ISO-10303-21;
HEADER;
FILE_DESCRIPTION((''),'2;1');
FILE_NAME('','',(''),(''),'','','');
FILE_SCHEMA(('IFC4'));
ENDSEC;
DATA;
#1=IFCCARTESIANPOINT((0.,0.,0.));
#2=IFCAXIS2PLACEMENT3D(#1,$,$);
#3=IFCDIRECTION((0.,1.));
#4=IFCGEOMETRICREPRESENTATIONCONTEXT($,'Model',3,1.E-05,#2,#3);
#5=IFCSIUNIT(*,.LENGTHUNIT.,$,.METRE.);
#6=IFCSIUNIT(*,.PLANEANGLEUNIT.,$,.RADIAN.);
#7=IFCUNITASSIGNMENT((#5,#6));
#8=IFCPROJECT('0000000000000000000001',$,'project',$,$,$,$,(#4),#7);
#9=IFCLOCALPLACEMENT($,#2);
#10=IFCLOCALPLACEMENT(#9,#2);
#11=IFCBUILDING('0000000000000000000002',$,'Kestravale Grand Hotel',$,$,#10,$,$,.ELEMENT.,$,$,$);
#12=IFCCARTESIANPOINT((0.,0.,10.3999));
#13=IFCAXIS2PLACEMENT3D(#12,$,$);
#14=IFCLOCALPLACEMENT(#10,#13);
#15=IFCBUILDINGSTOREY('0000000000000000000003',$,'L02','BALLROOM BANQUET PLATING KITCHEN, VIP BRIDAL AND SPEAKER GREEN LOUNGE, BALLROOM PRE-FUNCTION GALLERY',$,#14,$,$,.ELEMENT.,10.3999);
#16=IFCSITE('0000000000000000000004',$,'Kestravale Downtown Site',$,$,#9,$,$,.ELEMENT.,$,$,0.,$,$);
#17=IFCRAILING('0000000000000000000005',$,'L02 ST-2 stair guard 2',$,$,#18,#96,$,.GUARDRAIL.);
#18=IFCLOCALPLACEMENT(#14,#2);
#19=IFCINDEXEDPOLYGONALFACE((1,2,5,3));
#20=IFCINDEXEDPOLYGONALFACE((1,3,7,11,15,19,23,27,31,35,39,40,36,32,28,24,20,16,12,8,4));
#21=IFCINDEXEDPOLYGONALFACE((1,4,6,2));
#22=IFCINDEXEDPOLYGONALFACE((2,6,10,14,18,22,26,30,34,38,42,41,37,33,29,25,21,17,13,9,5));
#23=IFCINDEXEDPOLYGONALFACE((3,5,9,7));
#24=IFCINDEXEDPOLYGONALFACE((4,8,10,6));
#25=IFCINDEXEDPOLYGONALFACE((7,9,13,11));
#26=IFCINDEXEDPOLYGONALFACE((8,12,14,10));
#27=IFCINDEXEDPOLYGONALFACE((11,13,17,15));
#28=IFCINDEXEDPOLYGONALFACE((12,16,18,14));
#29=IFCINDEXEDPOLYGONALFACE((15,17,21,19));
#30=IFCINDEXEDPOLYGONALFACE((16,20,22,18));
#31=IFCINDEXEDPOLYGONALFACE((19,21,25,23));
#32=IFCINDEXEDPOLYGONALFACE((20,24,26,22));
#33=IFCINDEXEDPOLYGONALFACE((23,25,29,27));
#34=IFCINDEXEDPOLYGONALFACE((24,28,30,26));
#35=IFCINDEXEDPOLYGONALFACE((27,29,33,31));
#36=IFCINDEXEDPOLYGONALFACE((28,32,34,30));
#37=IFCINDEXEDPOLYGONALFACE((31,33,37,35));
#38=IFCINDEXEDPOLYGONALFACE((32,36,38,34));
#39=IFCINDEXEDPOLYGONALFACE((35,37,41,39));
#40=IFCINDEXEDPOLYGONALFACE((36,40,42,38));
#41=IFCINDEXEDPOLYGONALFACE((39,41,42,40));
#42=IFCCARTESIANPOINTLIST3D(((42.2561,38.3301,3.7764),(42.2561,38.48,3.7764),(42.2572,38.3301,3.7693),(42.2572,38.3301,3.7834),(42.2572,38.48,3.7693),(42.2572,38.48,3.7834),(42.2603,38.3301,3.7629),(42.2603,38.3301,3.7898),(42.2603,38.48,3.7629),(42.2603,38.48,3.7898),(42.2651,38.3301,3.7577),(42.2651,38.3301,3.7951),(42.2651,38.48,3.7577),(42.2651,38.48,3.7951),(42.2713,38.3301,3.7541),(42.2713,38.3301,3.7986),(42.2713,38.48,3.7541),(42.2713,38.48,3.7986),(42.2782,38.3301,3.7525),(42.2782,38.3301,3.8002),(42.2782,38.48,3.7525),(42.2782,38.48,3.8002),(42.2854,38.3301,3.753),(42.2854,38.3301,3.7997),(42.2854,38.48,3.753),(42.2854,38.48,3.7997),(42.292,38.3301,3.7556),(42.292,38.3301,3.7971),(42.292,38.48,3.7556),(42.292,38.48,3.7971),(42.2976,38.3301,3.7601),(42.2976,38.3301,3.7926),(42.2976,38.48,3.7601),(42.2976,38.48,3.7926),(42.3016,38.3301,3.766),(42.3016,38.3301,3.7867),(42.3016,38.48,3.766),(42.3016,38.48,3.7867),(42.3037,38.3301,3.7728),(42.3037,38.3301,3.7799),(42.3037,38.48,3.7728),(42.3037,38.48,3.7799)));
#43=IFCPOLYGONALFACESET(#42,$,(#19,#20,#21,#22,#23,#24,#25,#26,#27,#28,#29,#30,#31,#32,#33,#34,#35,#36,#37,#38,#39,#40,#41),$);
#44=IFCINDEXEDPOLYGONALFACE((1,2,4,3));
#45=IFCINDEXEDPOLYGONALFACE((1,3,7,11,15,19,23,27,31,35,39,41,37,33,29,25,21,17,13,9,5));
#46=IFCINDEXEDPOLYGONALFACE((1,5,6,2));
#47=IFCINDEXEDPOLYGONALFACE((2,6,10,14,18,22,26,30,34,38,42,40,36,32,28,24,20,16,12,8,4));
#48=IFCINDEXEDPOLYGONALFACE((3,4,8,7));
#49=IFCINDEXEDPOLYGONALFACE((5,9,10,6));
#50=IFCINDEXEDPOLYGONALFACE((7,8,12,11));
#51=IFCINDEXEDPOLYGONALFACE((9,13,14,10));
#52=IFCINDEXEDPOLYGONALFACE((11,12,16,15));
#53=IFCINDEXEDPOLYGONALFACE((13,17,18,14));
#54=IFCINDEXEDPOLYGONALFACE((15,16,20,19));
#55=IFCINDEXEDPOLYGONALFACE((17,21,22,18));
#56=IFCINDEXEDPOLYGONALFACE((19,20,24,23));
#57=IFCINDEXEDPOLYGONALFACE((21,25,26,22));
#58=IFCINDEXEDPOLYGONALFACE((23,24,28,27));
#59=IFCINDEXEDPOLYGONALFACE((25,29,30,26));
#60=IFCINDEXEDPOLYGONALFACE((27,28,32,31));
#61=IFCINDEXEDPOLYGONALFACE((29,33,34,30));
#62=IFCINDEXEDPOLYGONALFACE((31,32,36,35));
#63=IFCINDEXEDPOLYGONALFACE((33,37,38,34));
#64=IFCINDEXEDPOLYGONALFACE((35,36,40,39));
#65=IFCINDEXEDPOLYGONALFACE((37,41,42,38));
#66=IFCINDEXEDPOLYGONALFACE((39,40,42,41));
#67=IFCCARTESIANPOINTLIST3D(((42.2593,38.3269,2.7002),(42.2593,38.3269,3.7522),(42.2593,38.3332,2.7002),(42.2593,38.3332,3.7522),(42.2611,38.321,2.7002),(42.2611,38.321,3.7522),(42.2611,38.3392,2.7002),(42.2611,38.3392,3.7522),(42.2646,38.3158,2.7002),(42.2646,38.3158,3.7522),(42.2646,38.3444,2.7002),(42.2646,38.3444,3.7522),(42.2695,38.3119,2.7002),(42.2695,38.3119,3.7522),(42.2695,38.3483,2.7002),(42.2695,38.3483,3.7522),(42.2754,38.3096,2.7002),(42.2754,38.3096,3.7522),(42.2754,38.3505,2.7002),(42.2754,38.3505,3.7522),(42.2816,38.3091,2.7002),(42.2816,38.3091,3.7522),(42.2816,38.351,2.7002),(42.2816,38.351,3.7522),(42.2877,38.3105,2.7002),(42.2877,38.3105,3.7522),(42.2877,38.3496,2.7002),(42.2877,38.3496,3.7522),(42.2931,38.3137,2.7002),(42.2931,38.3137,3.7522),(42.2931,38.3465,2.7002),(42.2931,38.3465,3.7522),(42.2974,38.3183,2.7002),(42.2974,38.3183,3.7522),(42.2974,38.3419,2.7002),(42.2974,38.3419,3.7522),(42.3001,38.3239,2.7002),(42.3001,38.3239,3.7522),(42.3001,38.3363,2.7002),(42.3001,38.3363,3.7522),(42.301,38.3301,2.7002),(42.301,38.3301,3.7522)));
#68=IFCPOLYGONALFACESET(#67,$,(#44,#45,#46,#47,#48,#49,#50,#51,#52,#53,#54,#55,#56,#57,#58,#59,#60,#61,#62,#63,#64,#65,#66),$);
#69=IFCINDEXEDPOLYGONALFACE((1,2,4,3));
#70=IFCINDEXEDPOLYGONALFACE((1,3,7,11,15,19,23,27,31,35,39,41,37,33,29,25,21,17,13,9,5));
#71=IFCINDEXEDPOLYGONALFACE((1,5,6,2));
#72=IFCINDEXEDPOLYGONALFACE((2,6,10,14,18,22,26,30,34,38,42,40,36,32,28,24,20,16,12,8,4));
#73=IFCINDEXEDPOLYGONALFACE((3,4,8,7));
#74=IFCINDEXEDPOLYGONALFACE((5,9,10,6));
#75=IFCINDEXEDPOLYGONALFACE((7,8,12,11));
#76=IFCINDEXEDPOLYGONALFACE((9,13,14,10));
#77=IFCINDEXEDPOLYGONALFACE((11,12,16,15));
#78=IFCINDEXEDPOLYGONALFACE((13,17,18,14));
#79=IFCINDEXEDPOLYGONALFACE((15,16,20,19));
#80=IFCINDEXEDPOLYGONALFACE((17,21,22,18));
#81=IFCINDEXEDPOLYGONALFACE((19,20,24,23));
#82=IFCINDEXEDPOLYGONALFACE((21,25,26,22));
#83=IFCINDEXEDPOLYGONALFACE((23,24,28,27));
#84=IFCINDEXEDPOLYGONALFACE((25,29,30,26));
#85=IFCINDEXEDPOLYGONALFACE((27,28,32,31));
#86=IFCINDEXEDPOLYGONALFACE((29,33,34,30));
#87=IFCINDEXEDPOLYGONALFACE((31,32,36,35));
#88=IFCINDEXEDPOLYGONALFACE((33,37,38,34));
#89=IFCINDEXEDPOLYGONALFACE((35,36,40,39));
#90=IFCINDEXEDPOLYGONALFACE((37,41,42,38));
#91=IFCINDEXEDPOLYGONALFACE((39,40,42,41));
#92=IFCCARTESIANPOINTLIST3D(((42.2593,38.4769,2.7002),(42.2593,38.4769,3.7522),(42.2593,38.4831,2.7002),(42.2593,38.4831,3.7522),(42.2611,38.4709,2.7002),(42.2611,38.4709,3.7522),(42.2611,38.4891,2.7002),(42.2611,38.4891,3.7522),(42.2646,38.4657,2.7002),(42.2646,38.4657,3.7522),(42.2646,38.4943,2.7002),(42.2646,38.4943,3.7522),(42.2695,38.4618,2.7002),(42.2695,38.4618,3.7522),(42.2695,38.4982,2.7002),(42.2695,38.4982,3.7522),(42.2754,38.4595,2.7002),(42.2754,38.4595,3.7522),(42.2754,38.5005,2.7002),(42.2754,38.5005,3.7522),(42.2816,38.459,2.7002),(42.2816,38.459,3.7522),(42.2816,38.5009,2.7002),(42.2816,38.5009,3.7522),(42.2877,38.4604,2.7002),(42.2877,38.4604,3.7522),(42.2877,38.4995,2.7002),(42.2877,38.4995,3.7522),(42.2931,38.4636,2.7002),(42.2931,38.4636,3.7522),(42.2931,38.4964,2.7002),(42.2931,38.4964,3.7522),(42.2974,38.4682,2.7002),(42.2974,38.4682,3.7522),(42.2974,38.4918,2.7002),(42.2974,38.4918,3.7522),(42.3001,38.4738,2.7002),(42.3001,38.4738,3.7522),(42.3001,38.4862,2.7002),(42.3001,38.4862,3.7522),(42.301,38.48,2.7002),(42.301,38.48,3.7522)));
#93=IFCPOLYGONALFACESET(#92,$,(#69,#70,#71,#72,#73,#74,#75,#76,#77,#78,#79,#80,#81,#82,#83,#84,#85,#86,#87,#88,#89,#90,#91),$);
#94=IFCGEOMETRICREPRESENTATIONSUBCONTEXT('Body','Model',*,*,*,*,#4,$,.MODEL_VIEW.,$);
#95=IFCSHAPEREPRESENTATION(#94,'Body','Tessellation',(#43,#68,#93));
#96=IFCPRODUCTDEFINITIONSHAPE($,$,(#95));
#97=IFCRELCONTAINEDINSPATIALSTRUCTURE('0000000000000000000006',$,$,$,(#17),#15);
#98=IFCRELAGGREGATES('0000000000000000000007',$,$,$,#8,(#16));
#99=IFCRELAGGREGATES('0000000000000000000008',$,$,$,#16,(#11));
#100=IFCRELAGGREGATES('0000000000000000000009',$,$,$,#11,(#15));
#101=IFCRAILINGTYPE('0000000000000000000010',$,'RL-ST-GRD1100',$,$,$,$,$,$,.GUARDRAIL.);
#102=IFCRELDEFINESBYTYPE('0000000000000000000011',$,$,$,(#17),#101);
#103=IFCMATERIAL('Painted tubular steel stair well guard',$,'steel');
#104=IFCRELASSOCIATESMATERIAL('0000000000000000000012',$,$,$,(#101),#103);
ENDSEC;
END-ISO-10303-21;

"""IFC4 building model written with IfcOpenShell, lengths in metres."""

from ifc_helpers import new_model, si_unit, direction, frame, origin, origin_2d, place, context, subcontext, project, spatial, circle, extrude, material, type_object, element, save


model = new_model("IFC4")

# Units and contexts
model_context = context("Model", 3, precision=1e-05, world=origin(), true_north=direction((0.0, 1.0)))
body_context = subcontext(model_context, "Body", "Model", "MODEL_VIEW")
ifc_project = project(units=[si_unit("LENGTHUNIT", "METRE"), si_unit("PLANEANGLEUNIT", "RADIAN")], contexts=[model_context])

# Site, building, storey
site_placement = place(None, origin())
site = spatial("IfcSite", under=ifc_project, at=site_placement, Name="Kestravale Downtown Site", CompositionType="ELEMENT", RefElevation=0.0)
building_placement = place(site_placement, origin())
building = spatial("IfcBuilding", under=site, at=building_placement, Name="Kestravale Grand Hotel", CompositionType="ELEMENT")
storey_placement = place(building_placement, frame((0.0, 0.0, 10.3999)))
storey = spatial("IfcBuildingStorey", under=building, at=storey_placement, Name="L02", Description="BALLROOM BANQUET PLATING KITCHEN, VIP BRIDAL AND SPEAKER GREEN LOUNGE, BALLROOM PRE-FUNCTION GALLERY", CompositionType="ELEMENT", Elevation=10.3999)

# Railing
ifc_material_1 = material(Name="Painted tubular steel stair well guard", Category="steel")
railing_type_1 = type_object("IfcRailingType", Name="RL-ST-GRD1100", PredefinedType="GUARDRAIL", material=ifc_material_1)
railing_1_placement = place(storey_placement, frame((42.28, 38.3301, 2.7002)))
element("IfcRailing", 1, at=railing_1_placement, inside=storey, type_object=railing_type_1, Name="L02 ST-2 stair guard 2", PredefinedType="GUARDRAIL", context=body_context, shape_type="SweptSolid", body=[
    extrude(circle(Radius=0.0239, at=origin_2d()), frame((0.0, 0.0, 1.0762), z_axis=(0.0, 1.0, 0.0), x_axis=(-1.0, 0.0, 0.0)), (0.0, 0.0, 1.0), 0.1499),
    extrude(circle(Radius=0.021, at=origin_2d()), origin(), (0.0, 0.0, 1.0), 1.052),
    extrude(circle(Radius=0.021, at=origin_2d()), frame((0.0, 0.1499, 0.0)), (0.0, 0.0, 1.0), 1.052),
])

save(model, "model.ifc")
